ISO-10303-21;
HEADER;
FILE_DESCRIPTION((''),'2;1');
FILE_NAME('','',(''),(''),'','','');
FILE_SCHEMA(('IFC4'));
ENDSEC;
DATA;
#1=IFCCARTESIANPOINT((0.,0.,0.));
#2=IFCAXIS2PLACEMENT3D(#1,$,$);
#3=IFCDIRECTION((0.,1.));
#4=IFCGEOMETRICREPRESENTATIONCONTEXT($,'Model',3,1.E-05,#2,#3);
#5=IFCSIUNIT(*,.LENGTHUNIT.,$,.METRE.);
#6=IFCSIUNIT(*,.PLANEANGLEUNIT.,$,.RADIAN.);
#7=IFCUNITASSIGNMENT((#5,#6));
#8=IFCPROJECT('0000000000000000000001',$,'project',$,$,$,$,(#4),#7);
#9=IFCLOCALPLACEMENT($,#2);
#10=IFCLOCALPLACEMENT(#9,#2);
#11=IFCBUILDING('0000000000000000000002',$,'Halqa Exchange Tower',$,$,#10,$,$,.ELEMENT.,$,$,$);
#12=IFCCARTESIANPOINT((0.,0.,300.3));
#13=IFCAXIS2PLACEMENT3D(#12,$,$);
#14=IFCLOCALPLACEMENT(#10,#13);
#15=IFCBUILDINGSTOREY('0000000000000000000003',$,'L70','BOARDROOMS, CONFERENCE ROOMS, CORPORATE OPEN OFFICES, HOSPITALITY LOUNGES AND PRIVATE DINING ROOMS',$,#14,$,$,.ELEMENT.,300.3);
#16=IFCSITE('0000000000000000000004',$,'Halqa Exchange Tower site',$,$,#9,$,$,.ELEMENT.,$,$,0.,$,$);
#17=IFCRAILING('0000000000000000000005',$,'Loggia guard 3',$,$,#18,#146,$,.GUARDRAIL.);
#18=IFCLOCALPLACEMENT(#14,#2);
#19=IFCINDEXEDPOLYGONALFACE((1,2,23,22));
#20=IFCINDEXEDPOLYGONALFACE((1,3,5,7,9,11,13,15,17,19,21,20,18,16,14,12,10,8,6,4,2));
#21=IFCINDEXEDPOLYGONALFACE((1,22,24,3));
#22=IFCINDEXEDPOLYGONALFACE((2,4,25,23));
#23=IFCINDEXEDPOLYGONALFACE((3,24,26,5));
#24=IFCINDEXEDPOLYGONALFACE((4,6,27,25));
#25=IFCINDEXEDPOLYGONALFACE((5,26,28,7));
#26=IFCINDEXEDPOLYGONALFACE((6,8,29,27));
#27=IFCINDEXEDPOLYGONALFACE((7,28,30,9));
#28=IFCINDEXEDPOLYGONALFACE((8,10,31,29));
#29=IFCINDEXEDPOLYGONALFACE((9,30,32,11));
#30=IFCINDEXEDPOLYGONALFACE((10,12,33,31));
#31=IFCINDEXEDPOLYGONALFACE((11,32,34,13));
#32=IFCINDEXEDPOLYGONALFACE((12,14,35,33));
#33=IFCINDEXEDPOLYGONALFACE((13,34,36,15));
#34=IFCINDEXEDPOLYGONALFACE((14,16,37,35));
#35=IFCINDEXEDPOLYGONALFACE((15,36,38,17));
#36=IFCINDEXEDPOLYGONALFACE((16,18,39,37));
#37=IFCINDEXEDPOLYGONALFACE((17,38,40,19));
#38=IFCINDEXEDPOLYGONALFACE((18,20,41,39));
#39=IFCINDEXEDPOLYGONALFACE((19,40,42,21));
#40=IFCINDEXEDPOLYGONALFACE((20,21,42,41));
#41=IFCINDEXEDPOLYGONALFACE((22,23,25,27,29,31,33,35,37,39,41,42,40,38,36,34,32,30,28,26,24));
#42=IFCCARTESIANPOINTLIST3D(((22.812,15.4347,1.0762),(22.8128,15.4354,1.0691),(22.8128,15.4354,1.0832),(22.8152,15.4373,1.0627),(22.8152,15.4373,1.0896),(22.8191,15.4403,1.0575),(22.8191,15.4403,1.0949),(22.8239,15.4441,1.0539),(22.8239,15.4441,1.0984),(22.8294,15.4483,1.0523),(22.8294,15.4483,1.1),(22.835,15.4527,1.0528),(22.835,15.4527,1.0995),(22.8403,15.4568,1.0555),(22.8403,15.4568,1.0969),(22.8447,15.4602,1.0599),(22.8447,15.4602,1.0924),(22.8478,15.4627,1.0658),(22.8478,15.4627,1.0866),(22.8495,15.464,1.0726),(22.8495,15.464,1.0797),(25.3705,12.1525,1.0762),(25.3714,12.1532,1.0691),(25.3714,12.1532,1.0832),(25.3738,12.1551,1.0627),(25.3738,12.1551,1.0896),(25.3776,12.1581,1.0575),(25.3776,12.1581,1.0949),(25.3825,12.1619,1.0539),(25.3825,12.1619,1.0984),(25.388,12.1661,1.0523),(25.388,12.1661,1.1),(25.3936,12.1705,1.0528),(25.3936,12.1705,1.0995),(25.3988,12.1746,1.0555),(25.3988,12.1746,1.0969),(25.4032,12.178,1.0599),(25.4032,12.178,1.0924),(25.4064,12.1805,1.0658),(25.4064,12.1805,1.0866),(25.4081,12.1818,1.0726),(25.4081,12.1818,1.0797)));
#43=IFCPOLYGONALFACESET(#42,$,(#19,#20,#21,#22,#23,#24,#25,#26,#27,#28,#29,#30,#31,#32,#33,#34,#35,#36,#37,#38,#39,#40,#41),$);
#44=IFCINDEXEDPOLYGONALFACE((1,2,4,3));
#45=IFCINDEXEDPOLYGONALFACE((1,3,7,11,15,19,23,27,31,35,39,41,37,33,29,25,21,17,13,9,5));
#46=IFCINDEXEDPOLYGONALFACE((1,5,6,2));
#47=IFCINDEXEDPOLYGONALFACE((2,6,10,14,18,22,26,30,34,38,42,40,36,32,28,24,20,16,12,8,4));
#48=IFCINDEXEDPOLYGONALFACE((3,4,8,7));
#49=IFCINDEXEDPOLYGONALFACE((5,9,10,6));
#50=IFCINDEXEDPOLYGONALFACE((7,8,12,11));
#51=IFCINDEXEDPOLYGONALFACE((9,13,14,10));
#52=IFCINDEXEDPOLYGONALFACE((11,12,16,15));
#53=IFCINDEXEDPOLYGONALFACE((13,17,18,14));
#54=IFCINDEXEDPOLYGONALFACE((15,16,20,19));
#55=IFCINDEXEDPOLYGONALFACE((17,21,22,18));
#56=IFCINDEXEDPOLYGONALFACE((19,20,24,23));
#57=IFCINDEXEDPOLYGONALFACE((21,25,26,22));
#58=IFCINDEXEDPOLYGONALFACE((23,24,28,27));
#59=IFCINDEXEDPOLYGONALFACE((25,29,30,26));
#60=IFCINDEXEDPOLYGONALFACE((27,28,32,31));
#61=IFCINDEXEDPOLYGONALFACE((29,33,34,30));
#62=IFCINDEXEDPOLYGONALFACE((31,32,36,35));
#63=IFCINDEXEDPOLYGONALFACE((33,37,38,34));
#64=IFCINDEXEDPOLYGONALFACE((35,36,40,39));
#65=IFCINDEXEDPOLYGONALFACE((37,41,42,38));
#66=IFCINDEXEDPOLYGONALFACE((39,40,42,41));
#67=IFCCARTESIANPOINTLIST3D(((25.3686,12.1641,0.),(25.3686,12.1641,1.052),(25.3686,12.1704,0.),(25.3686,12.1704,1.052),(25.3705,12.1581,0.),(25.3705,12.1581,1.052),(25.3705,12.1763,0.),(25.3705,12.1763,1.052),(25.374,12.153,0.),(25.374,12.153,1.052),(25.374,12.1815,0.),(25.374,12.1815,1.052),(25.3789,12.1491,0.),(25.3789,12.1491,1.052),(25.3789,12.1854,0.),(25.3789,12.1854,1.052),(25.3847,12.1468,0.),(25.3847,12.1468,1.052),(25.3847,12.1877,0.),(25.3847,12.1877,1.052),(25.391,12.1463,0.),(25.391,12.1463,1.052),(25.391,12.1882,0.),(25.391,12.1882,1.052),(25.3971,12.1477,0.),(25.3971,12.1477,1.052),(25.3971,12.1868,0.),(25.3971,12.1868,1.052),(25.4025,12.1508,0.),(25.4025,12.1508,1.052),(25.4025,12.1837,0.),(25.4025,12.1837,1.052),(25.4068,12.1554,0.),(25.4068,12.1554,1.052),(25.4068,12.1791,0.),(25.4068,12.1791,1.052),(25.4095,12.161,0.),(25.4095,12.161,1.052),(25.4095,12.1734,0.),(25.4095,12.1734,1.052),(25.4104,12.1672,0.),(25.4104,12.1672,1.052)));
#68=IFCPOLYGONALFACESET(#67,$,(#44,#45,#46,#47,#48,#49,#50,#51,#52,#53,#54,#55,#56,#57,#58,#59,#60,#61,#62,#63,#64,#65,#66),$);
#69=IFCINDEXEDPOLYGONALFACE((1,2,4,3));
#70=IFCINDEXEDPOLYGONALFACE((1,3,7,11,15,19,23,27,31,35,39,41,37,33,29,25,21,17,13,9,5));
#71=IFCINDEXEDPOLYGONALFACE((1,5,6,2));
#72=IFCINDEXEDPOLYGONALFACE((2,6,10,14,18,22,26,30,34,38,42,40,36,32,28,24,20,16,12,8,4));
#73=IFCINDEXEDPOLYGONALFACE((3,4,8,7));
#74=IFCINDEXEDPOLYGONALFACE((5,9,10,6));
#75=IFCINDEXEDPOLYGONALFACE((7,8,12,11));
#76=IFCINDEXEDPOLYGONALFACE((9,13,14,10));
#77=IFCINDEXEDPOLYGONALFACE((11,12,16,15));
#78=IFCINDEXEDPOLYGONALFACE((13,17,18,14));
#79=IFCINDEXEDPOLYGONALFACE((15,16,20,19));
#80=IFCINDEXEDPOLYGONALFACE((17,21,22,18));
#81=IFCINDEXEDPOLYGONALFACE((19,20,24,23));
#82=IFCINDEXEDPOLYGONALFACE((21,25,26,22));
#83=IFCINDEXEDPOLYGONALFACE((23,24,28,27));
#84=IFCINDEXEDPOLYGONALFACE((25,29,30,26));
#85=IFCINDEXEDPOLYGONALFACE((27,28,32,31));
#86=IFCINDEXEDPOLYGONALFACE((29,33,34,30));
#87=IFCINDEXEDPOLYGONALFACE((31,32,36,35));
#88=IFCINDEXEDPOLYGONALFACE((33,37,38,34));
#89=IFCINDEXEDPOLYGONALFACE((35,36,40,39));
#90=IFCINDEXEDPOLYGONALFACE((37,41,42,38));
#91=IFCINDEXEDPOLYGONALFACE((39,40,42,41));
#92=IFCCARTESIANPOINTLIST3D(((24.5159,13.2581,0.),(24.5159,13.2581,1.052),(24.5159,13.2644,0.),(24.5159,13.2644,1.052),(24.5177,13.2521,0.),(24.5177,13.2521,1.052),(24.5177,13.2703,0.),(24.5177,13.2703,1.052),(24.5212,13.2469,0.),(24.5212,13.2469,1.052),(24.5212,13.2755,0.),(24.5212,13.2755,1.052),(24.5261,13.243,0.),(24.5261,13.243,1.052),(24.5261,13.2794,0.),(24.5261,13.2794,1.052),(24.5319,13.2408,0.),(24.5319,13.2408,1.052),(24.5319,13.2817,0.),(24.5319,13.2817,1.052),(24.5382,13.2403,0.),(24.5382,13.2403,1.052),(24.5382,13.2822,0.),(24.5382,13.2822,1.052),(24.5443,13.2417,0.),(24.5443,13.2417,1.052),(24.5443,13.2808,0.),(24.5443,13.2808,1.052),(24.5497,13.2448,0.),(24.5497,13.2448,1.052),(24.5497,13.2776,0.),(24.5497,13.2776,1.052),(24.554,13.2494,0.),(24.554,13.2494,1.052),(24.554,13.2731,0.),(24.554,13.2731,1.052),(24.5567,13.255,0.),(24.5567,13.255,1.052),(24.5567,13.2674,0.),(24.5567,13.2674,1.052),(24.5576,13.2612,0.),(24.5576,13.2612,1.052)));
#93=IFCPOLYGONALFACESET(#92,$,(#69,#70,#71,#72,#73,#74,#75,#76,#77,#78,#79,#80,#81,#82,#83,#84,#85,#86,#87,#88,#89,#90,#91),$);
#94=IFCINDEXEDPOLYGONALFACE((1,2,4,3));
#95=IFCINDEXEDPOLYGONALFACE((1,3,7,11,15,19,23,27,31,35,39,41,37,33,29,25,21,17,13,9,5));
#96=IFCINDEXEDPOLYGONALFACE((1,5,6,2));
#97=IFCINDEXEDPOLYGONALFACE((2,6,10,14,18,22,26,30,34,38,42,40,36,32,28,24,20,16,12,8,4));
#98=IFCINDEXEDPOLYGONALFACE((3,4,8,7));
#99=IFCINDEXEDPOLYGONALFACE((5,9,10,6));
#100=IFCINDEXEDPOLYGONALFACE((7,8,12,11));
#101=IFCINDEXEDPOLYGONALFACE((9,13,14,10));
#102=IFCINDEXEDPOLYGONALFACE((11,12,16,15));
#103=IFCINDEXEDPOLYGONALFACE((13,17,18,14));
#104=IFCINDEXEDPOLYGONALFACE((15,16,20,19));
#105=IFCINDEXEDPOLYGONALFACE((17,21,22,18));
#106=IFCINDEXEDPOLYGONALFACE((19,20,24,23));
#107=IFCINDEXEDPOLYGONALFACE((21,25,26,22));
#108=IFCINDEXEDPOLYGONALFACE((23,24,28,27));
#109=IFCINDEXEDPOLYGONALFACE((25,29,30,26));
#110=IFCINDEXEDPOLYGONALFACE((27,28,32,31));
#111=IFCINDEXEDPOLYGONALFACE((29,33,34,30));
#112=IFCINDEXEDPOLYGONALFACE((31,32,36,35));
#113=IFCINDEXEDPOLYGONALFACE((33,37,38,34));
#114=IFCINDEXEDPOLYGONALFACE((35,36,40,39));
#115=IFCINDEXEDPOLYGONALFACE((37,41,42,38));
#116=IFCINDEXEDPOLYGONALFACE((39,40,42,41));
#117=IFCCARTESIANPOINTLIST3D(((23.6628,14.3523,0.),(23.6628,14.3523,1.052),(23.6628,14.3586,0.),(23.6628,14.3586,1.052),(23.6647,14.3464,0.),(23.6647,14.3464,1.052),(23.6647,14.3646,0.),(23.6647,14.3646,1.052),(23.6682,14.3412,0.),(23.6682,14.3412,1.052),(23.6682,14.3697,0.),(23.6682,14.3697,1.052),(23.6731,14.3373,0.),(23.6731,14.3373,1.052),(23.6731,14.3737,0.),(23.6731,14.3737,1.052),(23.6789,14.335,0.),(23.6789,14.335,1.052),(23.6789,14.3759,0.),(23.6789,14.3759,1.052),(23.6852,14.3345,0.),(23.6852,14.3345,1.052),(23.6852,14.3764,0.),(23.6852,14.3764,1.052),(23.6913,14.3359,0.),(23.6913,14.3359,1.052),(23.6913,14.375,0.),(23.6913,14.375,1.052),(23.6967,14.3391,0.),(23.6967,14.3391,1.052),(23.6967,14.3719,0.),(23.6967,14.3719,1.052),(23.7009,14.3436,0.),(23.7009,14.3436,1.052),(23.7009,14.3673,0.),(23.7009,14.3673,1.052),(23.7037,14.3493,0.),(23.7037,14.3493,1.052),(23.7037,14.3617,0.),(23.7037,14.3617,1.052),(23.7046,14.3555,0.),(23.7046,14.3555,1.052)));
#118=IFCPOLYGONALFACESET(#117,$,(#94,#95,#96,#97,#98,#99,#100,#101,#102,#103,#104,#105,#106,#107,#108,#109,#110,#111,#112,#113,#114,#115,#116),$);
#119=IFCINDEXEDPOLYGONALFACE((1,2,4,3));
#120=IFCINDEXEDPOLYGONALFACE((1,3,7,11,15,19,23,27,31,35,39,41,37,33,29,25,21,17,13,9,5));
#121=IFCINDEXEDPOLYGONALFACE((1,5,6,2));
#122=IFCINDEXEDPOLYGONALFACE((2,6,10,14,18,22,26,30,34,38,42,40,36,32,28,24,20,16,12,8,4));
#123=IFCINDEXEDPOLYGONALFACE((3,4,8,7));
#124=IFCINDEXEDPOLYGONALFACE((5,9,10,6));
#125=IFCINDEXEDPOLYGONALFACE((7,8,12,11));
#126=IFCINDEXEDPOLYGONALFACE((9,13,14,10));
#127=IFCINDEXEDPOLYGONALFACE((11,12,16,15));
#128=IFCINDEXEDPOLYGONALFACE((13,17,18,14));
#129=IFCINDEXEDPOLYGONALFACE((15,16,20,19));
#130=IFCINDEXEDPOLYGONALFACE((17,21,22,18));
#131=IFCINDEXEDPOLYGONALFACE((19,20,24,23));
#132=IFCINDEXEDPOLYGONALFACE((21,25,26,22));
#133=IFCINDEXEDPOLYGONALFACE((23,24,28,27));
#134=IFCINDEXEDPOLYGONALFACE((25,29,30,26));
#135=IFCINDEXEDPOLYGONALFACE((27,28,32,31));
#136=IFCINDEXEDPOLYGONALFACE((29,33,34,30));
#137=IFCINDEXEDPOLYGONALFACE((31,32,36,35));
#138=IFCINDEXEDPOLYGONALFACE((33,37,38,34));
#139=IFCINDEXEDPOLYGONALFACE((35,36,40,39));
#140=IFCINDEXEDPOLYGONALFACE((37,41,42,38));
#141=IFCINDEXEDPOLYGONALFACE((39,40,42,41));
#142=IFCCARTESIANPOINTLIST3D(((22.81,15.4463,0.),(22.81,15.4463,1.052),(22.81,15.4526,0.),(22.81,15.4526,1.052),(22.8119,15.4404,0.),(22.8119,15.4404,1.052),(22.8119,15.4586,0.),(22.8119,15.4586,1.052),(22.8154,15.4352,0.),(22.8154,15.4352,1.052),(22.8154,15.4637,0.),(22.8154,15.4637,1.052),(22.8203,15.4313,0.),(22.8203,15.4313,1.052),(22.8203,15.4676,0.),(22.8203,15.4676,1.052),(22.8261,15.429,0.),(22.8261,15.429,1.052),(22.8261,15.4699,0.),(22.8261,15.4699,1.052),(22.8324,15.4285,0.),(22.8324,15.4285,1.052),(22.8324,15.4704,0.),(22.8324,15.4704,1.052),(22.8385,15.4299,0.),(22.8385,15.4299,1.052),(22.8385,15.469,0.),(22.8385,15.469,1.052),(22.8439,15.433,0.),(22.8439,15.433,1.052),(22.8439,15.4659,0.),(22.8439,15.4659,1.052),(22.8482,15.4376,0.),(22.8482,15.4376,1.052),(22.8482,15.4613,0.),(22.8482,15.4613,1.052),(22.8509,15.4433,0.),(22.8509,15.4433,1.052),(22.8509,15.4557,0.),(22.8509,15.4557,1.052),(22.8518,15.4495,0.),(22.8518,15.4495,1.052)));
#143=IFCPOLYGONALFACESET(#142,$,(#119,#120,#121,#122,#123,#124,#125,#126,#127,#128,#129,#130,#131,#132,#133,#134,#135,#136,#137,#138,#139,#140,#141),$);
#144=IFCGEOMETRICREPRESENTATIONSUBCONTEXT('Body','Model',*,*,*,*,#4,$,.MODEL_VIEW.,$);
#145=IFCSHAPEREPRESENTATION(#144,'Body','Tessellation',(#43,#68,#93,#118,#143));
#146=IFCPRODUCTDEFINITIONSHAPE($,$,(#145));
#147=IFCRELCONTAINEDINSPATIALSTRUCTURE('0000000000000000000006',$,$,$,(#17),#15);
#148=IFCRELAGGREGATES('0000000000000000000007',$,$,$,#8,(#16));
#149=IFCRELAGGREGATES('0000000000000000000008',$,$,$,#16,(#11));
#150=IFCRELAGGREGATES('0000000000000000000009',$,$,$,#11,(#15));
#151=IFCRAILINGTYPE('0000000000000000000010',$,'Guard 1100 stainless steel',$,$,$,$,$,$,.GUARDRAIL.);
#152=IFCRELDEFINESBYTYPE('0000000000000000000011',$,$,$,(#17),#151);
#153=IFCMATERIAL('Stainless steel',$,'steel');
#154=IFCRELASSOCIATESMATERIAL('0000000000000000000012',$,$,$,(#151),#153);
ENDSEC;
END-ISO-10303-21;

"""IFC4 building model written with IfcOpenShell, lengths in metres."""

from ifc_helpers import new_model, si_unit, direction, frame, origin, origin_2d, place, context, subcontext, project, spatial, circle, extrude, material, type_object, element, save


model = new_model("IFC4")

# Units and contexts
model_context = context("Model", 3, precision=1e-05, world=origin(), true_north=direction((0.0, 1.0)))
body_context = subcontext(model_context, "Body", "Model", "MODEL_VIEW")
ifc_project = project(units=[si_unit("LENGTHUNIT", "METRE"), si_unit("PLANEANGLEUNIT", "RADIAN")], contexts=[model_context])

# Site, building, storey
site_placement = place(None, origin())
site = spatial("IfcSite", under=ifc_project, at=site_placement, Name="Halqa Exchange Tower site", CompositionType="ELEMENT", RefElevation=0.0)
building_placement = place(site_placement, origin())
building = spatial("IfcBuilding", under=site, at=building_placement, Name="Halqa Exchange Tower", CompositionType="ELEMENT")
storey_placement = place(building_placement, frame((0.0, 0.0, 300.3)))
storey = spatial("IfcBuildingStorey", under=building, at=storey_placement, Name="L70", Description="BOARDROOMS, CONFERENCE ROOMS, CORPORATE OPEN OFFICES, HOSPITALITY LOUNGES AND PRIVATE DINING ROOMS", CompositionType="ELEMENT", Elevation=300.3)

# Railing
ifc_material_1 = material(Name="Stainless steel", Category="steel")
railing_type = type_object("IfcRailingType", Name="Guard 1100 stainless steel", PredefinedType="GUARDRAIL", material=ifc_material_1)
railing_1_placement = place(storey_placement, frame((25.3894, 12.1672, 0.0)))
element("IfcRailing", 1, at=railing_1_placement, inside=storey, type_object=railing_type, Name="Loggia guard 3", PredefinedType="GUARDRAIL", context=body_context, shape_type="SweptSolid", body=[
    extrude(circle(Radius=0.0239, at=origin_2d()), frame((0.0, 0.0, 1.0762), z_axis=(-0.614801, 0.788682, 0.0), x_axis=(-0.788682, -0.614801, 0.0)), (0.0, 0.0, 1.0), 4.1616),
    extrude(circle(Radius=0.021, at=origin_2d()), origin(), (0.0, 0.0, 1.0), 1.052),
    extrude(circle(Radius=0.021, at=origin_2d()), frame((-0.8528, 1.094, 0.0)), (0.0, 0.0, 1.0), 1.052),
    extrude(circle(Radius=0.021, at=origin_2d()), frame((-1.7058, 2.1882, 0.0)), (0.0, 0.0, 1.0), 1.052),
    extrude(circle(Radius=0.021, at=origin_2d()), frame((-2.5586, 3.2822, 0.0)), (0.0, 0.0, 1.0), 1.052),
])

save(model, "model.ifc")
